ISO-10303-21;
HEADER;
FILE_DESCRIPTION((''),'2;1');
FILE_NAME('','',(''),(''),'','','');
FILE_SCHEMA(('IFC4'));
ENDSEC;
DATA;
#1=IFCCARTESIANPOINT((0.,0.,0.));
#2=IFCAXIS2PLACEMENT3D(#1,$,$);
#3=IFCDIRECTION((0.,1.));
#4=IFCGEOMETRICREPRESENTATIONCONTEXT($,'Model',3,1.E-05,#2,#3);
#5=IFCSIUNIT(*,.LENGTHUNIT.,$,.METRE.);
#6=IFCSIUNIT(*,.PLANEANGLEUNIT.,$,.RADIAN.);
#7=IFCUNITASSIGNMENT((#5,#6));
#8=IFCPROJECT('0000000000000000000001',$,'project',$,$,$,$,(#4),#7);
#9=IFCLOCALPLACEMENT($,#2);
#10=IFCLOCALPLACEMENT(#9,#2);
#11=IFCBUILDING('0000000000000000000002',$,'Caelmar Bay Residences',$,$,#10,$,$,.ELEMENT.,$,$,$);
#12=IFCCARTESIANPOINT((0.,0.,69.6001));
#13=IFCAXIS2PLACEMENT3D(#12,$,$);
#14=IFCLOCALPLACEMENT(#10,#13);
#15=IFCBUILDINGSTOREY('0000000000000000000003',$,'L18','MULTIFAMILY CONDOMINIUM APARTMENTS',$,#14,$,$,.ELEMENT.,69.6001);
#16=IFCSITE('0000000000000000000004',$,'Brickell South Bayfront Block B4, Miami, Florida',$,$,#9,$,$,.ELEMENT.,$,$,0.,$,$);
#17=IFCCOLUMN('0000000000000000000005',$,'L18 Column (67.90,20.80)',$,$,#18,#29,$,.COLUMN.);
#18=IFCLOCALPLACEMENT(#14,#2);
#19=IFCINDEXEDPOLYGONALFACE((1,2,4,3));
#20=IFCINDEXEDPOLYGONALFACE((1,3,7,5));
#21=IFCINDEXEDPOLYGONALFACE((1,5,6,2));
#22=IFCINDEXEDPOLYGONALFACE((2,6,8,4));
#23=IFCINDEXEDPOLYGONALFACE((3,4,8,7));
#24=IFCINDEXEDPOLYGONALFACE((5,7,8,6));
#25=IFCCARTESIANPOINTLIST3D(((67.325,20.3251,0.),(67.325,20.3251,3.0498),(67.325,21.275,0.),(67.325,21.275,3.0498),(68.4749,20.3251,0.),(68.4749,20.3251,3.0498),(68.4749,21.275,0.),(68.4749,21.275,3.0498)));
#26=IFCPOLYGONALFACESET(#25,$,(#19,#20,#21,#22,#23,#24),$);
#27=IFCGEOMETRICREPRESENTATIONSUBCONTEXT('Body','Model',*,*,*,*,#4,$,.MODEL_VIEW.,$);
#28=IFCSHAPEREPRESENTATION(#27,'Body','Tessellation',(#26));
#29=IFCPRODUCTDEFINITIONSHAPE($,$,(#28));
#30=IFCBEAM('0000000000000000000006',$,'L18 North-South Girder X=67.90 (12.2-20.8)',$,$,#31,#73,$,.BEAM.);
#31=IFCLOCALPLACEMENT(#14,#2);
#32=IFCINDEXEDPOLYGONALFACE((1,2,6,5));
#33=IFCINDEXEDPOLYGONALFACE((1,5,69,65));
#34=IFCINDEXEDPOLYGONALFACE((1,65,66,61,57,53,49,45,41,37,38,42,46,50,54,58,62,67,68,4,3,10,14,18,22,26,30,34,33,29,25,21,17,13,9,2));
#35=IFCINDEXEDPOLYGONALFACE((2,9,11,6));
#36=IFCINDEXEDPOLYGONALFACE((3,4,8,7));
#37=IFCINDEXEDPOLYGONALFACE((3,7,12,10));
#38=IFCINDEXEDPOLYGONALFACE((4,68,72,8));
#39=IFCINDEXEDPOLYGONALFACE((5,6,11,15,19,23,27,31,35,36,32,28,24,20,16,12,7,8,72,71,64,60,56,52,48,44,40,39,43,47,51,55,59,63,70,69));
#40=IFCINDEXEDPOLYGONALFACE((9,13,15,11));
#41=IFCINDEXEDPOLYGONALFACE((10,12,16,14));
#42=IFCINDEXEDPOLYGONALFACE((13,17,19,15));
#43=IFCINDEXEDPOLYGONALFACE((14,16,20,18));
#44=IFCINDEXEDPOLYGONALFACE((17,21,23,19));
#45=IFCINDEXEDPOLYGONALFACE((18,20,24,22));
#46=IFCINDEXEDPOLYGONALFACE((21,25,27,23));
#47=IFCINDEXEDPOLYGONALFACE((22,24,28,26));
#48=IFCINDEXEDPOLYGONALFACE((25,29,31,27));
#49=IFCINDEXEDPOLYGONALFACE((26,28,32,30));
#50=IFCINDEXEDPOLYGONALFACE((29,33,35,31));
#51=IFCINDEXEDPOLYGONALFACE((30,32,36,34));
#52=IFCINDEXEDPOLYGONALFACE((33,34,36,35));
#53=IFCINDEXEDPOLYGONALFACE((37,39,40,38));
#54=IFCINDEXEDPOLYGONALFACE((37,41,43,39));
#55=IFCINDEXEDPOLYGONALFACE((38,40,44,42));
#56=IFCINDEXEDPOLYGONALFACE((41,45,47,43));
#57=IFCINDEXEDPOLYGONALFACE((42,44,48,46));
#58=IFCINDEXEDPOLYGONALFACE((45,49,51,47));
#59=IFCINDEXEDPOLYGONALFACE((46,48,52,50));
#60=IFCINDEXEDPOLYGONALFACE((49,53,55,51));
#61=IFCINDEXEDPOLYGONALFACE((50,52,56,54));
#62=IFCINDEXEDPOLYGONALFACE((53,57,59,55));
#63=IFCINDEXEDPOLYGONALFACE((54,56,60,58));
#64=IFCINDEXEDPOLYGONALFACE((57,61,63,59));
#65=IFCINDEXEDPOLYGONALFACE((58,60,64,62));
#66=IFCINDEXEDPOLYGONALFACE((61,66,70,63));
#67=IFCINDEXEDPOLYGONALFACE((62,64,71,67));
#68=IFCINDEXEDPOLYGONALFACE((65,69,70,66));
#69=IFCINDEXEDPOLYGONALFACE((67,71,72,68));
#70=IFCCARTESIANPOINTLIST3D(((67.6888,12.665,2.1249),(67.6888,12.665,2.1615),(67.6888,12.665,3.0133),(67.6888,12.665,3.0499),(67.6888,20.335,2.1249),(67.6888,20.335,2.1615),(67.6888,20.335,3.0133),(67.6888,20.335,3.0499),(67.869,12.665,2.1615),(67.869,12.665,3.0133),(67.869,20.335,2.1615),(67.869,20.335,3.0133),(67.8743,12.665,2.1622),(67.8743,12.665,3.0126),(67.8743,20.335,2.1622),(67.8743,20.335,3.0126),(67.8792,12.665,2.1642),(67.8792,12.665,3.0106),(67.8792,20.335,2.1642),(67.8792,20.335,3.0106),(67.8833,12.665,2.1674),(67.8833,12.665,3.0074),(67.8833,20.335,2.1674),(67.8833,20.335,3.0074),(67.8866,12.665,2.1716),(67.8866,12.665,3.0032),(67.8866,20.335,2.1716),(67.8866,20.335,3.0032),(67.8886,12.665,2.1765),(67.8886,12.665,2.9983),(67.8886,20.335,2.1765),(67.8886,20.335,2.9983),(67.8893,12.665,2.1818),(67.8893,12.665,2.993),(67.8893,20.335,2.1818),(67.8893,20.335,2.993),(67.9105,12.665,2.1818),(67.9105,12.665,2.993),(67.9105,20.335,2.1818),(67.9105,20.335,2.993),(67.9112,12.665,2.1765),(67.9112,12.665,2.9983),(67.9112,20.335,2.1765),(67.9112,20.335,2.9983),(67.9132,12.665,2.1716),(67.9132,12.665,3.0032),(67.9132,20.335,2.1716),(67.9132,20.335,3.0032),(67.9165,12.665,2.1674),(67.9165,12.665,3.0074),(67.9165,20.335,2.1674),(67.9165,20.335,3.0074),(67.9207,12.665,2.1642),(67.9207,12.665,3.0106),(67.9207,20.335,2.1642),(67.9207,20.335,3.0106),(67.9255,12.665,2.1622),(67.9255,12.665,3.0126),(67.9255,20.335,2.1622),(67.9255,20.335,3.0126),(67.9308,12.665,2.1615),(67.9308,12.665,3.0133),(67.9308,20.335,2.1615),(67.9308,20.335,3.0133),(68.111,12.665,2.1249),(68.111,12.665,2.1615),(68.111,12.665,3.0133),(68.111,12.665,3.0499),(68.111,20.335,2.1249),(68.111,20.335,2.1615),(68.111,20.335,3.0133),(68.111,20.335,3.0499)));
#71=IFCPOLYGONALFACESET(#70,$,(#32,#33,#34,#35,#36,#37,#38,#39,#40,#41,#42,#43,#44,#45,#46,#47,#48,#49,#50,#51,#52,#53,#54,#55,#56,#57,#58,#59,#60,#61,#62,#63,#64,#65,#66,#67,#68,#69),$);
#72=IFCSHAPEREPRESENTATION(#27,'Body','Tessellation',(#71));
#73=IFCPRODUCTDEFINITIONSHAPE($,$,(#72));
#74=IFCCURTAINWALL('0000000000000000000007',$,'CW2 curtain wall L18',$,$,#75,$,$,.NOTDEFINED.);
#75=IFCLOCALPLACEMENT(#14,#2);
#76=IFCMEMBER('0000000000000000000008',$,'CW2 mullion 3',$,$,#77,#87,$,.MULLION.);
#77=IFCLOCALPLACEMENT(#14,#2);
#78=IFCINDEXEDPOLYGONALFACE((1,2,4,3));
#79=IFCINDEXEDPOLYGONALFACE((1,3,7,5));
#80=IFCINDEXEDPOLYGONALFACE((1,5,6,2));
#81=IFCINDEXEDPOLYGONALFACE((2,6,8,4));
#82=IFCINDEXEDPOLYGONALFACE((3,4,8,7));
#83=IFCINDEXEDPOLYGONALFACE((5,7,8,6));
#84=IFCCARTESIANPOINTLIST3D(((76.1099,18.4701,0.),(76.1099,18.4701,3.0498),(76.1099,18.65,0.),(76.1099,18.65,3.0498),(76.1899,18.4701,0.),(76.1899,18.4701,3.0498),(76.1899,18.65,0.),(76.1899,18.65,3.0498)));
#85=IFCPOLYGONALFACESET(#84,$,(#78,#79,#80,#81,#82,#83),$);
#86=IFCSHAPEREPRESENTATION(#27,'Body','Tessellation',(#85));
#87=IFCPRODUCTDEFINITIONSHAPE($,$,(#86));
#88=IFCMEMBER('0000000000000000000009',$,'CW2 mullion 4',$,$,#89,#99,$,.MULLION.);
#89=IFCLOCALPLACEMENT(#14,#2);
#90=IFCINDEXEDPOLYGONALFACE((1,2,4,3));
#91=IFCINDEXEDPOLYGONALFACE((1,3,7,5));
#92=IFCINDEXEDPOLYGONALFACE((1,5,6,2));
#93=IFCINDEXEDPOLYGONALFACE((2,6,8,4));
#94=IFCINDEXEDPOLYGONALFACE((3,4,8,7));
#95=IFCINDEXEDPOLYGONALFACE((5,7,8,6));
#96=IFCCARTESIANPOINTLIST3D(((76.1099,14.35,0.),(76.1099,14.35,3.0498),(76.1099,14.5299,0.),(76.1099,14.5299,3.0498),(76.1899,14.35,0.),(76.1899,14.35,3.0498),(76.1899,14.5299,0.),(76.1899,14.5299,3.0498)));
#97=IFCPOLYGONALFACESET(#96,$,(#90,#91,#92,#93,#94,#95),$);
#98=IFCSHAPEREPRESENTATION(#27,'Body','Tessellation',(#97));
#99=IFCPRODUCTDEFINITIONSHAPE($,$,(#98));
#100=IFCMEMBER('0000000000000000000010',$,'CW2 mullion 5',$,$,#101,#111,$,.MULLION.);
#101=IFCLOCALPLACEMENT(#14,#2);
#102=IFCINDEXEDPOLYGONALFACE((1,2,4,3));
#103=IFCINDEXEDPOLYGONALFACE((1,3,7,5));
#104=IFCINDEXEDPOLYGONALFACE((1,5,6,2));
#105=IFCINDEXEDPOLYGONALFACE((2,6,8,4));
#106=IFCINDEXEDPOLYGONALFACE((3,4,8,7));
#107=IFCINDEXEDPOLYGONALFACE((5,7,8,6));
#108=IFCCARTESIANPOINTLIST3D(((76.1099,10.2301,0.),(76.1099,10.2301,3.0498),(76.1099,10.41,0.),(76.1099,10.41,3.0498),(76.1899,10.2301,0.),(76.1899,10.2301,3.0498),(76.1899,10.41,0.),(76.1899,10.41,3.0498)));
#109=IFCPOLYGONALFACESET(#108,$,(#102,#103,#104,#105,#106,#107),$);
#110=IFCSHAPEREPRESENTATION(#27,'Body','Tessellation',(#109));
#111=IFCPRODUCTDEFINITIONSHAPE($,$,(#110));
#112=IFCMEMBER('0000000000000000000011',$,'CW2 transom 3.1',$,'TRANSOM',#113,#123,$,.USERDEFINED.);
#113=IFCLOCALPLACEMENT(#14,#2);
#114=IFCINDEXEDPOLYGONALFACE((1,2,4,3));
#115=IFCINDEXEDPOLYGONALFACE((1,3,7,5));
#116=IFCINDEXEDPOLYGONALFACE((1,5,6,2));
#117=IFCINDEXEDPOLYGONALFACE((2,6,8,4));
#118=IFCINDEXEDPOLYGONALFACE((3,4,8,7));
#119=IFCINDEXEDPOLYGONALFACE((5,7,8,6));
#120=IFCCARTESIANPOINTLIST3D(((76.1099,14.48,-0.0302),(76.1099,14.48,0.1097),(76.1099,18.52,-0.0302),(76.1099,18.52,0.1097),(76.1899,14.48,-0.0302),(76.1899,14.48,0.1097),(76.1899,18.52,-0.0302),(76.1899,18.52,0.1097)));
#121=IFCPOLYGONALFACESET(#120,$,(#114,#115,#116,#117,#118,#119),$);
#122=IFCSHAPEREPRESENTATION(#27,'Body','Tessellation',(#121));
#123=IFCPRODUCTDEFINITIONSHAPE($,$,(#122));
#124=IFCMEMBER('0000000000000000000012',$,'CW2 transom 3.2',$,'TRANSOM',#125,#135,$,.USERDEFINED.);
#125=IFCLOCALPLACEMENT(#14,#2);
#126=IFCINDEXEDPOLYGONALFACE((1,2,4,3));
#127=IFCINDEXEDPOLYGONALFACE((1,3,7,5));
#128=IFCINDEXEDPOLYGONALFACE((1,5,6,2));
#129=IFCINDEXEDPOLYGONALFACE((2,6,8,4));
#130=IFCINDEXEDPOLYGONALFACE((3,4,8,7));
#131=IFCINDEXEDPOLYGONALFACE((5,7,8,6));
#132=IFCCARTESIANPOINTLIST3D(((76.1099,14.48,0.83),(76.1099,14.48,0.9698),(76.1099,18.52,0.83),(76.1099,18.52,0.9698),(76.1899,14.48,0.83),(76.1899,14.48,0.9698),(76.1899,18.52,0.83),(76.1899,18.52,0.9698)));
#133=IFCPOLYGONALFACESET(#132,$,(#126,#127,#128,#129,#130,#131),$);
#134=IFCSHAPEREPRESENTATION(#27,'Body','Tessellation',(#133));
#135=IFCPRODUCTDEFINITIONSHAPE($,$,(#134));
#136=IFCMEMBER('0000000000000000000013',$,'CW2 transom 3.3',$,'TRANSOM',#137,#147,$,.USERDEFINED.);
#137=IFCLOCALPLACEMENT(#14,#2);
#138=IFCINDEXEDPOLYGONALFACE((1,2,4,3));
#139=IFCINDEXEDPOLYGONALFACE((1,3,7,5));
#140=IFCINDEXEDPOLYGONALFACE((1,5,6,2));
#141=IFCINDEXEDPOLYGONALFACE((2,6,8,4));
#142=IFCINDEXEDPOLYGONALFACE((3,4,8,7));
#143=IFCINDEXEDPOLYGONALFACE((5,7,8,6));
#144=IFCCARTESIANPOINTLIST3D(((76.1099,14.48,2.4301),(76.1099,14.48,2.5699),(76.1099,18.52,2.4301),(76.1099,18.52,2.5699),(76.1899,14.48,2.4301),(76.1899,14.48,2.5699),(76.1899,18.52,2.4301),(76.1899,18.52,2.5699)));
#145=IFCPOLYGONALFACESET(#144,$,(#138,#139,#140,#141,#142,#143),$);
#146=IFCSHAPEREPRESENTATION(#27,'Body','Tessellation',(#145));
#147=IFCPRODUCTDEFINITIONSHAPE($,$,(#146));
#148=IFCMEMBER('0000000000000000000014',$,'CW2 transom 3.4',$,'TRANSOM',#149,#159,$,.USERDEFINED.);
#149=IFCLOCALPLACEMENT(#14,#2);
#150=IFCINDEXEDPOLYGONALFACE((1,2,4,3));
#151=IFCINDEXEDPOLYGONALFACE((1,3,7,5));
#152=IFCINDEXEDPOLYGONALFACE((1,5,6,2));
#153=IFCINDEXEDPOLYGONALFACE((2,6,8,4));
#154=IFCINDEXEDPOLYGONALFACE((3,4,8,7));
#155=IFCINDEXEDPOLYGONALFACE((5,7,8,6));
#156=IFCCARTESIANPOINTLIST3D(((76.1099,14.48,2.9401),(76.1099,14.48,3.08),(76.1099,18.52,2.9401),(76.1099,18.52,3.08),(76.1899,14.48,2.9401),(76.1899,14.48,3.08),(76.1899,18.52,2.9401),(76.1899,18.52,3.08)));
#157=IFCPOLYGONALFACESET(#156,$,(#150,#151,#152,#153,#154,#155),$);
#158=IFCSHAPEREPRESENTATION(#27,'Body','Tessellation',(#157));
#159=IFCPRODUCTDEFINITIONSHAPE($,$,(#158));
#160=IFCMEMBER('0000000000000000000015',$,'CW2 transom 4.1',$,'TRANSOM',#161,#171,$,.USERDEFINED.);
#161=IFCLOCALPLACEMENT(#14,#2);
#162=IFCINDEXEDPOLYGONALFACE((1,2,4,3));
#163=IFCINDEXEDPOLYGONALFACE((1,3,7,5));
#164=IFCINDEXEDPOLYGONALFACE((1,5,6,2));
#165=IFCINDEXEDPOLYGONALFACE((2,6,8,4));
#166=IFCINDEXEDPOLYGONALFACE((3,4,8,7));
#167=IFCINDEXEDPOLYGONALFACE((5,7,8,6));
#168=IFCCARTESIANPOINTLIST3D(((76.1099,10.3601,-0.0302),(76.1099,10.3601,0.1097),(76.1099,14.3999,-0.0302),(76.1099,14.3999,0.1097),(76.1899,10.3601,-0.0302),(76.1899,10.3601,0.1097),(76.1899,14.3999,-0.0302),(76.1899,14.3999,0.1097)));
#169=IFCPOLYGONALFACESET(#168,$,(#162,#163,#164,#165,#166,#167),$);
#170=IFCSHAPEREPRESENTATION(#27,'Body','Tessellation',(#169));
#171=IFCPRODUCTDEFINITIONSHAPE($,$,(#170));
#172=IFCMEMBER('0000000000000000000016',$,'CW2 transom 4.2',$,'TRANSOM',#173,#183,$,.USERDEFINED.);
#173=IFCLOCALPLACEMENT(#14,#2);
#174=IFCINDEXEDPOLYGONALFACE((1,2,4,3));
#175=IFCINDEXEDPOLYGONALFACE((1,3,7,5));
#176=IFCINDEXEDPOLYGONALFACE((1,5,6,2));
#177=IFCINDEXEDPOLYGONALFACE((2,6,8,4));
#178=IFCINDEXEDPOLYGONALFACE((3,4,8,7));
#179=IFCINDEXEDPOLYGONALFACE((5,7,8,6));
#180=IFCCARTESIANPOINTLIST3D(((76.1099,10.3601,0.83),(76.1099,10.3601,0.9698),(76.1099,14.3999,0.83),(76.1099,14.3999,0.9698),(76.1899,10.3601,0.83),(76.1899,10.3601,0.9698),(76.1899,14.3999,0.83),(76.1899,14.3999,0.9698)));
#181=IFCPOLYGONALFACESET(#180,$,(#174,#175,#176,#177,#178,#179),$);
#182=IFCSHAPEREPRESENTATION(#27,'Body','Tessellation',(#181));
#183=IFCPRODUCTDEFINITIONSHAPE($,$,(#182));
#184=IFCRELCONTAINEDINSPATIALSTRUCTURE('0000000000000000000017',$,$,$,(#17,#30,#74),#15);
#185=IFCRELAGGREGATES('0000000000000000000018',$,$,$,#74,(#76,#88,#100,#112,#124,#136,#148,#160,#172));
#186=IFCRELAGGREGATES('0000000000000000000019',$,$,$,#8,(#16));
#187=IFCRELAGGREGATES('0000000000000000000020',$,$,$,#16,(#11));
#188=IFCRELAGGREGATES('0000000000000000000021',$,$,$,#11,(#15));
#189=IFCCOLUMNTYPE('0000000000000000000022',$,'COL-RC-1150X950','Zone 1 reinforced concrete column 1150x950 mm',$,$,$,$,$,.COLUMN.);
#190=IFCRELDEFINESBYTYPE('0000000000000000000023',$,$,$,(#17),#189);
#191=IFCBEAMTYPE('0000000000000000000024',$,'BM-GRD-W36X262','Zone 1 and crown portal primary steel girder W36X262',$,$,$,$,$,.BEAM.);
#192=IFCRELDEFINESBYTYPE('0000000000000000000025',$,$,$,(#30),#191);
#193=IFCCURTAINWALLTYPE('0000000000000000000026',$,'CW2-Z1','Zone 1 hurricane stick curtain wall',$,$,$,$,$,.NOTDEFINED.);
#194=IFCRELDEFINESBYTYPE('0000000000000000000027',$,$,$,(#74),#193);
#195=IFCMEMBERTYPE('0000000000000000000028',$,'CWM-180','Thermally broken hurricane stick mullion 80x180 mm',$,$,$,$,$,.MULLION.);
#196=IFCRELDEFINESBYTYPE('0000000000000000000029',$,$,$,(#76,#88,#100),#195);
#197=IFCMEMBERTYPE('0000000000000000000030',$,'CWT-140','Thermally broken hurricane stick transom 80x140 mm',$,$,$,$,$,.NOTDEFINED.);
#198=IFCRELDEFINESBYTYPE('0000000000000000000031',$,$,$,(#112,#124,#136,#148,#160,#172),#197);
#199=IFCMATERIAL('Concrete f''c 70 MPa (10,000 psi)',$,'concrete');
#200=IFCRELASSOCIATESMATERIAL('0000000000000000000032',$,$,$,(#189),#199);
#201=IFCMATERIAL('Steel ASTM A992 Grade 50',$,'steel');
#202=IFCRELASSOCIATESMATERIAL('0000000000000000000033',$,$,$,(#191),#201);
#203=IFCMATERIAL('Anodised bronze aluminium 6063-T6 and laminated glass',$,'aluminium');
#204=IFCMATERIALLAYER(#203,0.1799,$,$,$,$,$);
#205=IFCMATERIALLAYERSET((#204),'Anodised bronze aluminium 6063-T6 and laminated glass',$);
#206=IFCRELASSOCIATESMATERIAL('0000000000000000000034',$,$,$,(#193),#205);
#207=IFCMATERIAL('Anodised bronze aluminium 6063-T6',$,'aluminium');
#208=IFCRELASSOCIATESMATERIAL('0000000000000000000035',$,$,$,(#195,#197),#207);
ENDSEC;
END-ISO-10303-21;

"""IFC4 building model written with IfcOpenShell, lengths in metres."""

from ifc_helpers import new_model, si_unit, direction, frame, origin, origin_2d, place, context, subcontext, project, spatial, rectangle, i_section, extrude, material, layer, layer_set, material_profile, profile_set, type_object, element, aggregate, save


model = new_model("IFC4")

# Units and contexts
model_context = context("Model", 3, precision=1e-05, world=origin(), true_north=direction((0.0, 1.0)))
body_context = subcontext(model_context, "Body", "Model", "MODEL_VIEW")
ifc_project = project(units=[si_unit("LENGTHUNIT", "METRE"), si_unit("PLANEANGLEUNIT", "RADIAN")], contexts=[model_context])

# Site, building, storey
site_placement = place(None, origin())
site = spatial("IfcSite", under=ifc_project, at=site_placement, Name="Brickell South Bayfront Block B4, Miami, Florida", CompositionType="ELEMENT", RefElevation=0.0)
building_placement = place(site_placement, origin())
building = spatial("IfcBuilding", under=site, at=building_placement, Name="Caelmar Bay Residences", CompositionType="ELEMENT")
storey_placement = place(building_placement, frame((0.0, 0.0, 69.6001)))
storey = spatial("IfcBuildingStorey", under=building, at=storey_placement, Name="L18", Description="MULTIFAMILY CONDOMINIUM APARTMENTS", CompositionType="ELEMENT", Elevation=69.6001)

# Column
ifc_material_1 = material(Name="Concrete f'c 70 MPa (10,000 psi)", Category="concrete")
ifc_material_profile_1 = material_profile(ifc_material_1, rectangle(XDim=1.1499, YDim=0.95, at=origin_2d()), Name="RC-COL-1150X950")
ifc_profile_set_1 = profile_set([ifc_material_profile_1], Name="Concrete f'c 70 MPa (10,000 psi)")
column_type = type_object("IfcColumnType", Name="COL-RC-1150X950", Description="Zone 1 reinforced concrete column 1150x950 mm", PredefinedType="COLUMN", material=ifc_profile_set_1)
column_placement = place(storey_placement, frame((67.8999, 20.8, 0.0), z_axis=(0.0, 0.0, 1.0), x_axis=(1.0, 0.0, 0.0)))
element("IfcColumn", 1, at=column_placement, inside=storey, type_object=column_type, Name="L18 Column (67.90,20.80)", PredefinedType="COLUMN", context=body_context, shape_type="SweptSolid", body=[
    extrude(rectangle(XDim=1.1499, YDim=0.95, at=origin_2d()), origin(), (0.0, 0.0, 1.0), 3.0498),
])

# Beam
ifc_material_2 = material(Name="Steel ASTM A992 Grade 50", Category="steel")
ifc_material_profile_2 = material_profile(ifc_material_2, i_section(OverallWidth=0.4221, OverallDepth=0.925, WebThickness=0.0212, FlangeThickness=0.0366, FilletRadius=0.0203, at=origin_2d()), Name="W36X262")
ifc_profile_set_2 = profile_set([ifc_material_profile_2], Name="Steel ASTM A992 Grade 50")
beam_type = type_object("IfcBeamType", Name="BM-GRD-W36X262", Description="Zone 1 and crown portal primary steel girder W36X262", PredefinedType="BEAM", material=ifc_profile_set_2)
beam_placement = place(storey_placement, frame((67.8999, 12.665, 2.5874), z_axis=(0.0, 1.0, 0.0), x_axis=(-1.0, 0.0, 0.0)))
element("IfcBeam", 2, at=beam_placement, inside=storey, type_object=beam_type, Name="L18 North-South Girder X=67.90 (12.2-20.8)", PredefinedType="BEAM", context=body_context, shape_type="SweptSolid", body=[
    extrude(i_section(OverallWidth=0.4221, OverallDepth=0.925, WebThickness=0.0212, FlangeThickness=0.0366, FilletRadius=0.0203, at=origin_2d()), origin(), (0.0, 0.0, 1.0), 7.6699),
])

# Curtain wall, members
ifc_material_3 = material(Name="Anodised bronze aluminium 6063-T6 and laminated glass", Category="aluminium")
ifc_layer_1 = layer(ifc_material_3, 0.1799)
ifc_layer_set_1 = layer_set([ifc_layer_1], Name="Anodised bronze aluminium 6063-T6 and laminated glass")
curtain_wall_type = type_object("IfcCurtainWallType", Name="CW2-Z1", Description="Zone 1 hurricane stick curtain wall", PredefinedType="NOTDEFINED", material=ifc_layer_set_1)
curtain_wall_placement = place(storey_placement, origin())
curtain_wall = element("IfcCurtainWall", 3, at=curtain_wall_placement, inside=storey, type_object=curtain_wall_type, Name="CW2 curtain wall L18", PredefinedType="NOTDEFINED")
ifc_material_4 = material(Name="Anodised bronze aluminium 6063-T6", Category="aluminium")
ifc_material_profile_3 = material_profile(ifc_material_4, rectangle(XDim=0.0801, YDim=0.1799, at=origin_2d()), Name="CWM-80X180")
ifc_profile_set_3 = profile_set([ifc_material_profile_3], Name="Anodised bronze aluminium 6063-T6")
member_type_1 = type_object("IfcMemberType", Name="CWM-180", Description="Thermally broken hurricane stick mullion 80x180 mm", PredefinedType="MULLION", material=ifc_profile_set_3)
member_1_placement = place(storey_placement, frame((76.1499, 18.5601, 0.0), z_axis=(0.0, 0.0, 1.0), x_axis=(1.0, 0.0, 0.0)))
member_1 = element("IfcMember", 4, at=member_1_placement, type_object=member_type_1, Name="CW2 mullion 3", PredefinedType="MULLION", context=body_context, shape_type="SweptSolid", body=[
    extrude(rectangle(XDim=0.0801, YDim=0.1799, at=origin_2d()), origin(), (0.0, 0.0, 1.0), 3.0498),
])
member_2_placement = place(storey_placement, frame((76.1499, 14.4399, 0.0), z_axis=(0.0, 0.0, 1.0), x_axis=(1.0, 0.0, 0.0)))
member_2 = element("IfcMember", 5, at=member_2_placement, type_object=member_type_1, Name="CW2 mullion 4", PredefinedType="MULLION", context=body_context, shape_type="SweptSolid", body=[
    extrude(rectangle(XDim=0.0801, YDim=0.1799, at=origin_2d()), origin(), (0.0, 0.0, 1.0), 3.0498),
])
member_3_placement = place(storey_placement, frame((76.1499, 10.3201, 0.0), z_axis=(0.0, 0.0, 1.0), x_axis=(1.0, 0.0, 0.0)))
member_3 = element("IfcMember", 6, at=member_3_placement, type_object=member_type_1, Name="CW2 mullion 5", PredefinedType="MULLION", context=body_context, shape_type="SweptSolid", body=[
    extrude(rectangle(XDim=0.0801, YDim=0.1799, at=origin_2d()), origin(), (0.0, 0.0, 1.0), 3.0498),
])
ifc_material_profile_4 = material_profile(ifc_material_4, rectangle(XDim=0.0801, YDim=0.1399, at=origin_2d()), Name="CWT-80X140")
ifc_profile_set_4 = profile_set([ifc_material_profile_4], Name="Anodised bronze aluminium 6063-T6")
member_type_2 = type_object("IfcMemberType", Name="CWT-140", Description="Thermally broken hurricane stick transom 80x140 mm", PredefinedType="NOTDEFINED", material=ifc_profile_set_4)
member_4_placement = place(storey_placement, frame((76.1499, 18.52, 0.0398), z_axis=(0.0, -1.0, 0.0), x_axis=(1.0, 0.0, 0.0)))
member_4 = element("IfcMember", 7, at=member_4_placement, type_object=member_type_2, Name="CW2 transom 3.1", ObjectType="TRANSOM", PredefinedType="USERDEFINED", context=body_context, shape_type="SweptSolid", body=[
    extrude(rectangle(XDim=0.0801, YDim=0.1399, at=origin_2d()), origin(), (0.0, 0.0, 1.0), 4.04),
])
member_5_placement = place(storey_placement, frame((76.1499, 18.52, 0.8999), z_axis=(0.0, -1.0, 0.0), x_axis=(1.0, 0.0, 0.0)))
member_5 = element("IfcMember", 8, at=member_5_placement, type_object=member_type_2, Name="CW2 transom 3.2", ObjectType="TRANSOM", PredefinedType="USERDEFINED", context=body_context, shape_type="SweptSolid", body=[
    extrude(rectangle(XDim=0.0801, YDim=0.1399, at=origin_2d()), origin(), (0.0, 0.0, 1.0), 4.04),
])
member_6_placement = place(storey_placement, frame((76.1499, 18.52, 2.5), z_axis=(0.0, -1.0, 0.0), x_axis=(1.0, 0.0, 0.0)))
member_6 = element("IfcMember", 9, at=member_6_placement, type_object=member_type_2, Name="CW2 transom 3.3", ObjectType="TRANSOM", PredefinedType="USERDEFINED", context=body_context, shape_type="SweptSolid", body=[
    extrude(rectangle(XDim=0.0801, YDim=0.1399, at=origin_2d()), origin(), (0.0, 0.0, 1.0), 4.04),
])
member_7_placement = place(storey_placement, frame((76.1499, 18.52, 3.01), z_axis=(0.0, -1.0, 0.0), x_axis=(1.0, 0.0, 0.0)))
member_7 = element("IfcMember", 10, at=member_7_placement, type_object=member_type_2, Name="CW2 transom 3.4", ObjectType="TRANSOM", PredefinedType="USERDEFINED", context=body_context, shape_type="SweptSolid", body=[
    extrude(rectangle(XDim=0.0801, YDim=0.1399, at=origin_2d()), origin(), (0.0, 0.0, 1.0), 4.04),
])
member_8_placement = place(storey_placement, frame((76.1499, 14.3999, 0.0398), z_axis=(0.0, -1.0, 0.0), x_axis=(1.0, 0.0, 0.0)))
member_8 = element("IfcMember", 11, at=member_8_placement, type_object=member_type_2, Name="CW2 transom 4.1", ObjectType="TRANSOM", PredefinedType="USERDEFINED", context=body_context, shape_type="SweptSolid", body=[
    extrude(rectangle(XDim=0.0801, YDim=0.1399, at=origin_2d()), origin(), (0.0, 0.0, 1.0), 4.0398),
])
member_9_placement = place(storey_placement, frame((76.1499, 14.3999, 0.8999), z_axis=(0.0, -1.0, 0.0), x_axis=(1.0, 0.0, 0.0)))
member_9 = element("IfcMember", 12, at=member_9_placement, type_object=member_type_2, Name="CW2 transom 4.2", ObjectType="TRANSOM", PredefinedType="USERDEFINED", context=body_context, shape_type="SweptSolid", body=[
    extrude(rectangle(XDim=0.0801, YDim=0.1399, at=origin_2d()), origin(), (0.0, 0.0, 1.0), 4.0398),
])
aggregate(curtain_wall, [member_1, member_2, member_3, member_4, member_5, member_6, member_7, member_8, member_9])

save(model, "model.ifc")
